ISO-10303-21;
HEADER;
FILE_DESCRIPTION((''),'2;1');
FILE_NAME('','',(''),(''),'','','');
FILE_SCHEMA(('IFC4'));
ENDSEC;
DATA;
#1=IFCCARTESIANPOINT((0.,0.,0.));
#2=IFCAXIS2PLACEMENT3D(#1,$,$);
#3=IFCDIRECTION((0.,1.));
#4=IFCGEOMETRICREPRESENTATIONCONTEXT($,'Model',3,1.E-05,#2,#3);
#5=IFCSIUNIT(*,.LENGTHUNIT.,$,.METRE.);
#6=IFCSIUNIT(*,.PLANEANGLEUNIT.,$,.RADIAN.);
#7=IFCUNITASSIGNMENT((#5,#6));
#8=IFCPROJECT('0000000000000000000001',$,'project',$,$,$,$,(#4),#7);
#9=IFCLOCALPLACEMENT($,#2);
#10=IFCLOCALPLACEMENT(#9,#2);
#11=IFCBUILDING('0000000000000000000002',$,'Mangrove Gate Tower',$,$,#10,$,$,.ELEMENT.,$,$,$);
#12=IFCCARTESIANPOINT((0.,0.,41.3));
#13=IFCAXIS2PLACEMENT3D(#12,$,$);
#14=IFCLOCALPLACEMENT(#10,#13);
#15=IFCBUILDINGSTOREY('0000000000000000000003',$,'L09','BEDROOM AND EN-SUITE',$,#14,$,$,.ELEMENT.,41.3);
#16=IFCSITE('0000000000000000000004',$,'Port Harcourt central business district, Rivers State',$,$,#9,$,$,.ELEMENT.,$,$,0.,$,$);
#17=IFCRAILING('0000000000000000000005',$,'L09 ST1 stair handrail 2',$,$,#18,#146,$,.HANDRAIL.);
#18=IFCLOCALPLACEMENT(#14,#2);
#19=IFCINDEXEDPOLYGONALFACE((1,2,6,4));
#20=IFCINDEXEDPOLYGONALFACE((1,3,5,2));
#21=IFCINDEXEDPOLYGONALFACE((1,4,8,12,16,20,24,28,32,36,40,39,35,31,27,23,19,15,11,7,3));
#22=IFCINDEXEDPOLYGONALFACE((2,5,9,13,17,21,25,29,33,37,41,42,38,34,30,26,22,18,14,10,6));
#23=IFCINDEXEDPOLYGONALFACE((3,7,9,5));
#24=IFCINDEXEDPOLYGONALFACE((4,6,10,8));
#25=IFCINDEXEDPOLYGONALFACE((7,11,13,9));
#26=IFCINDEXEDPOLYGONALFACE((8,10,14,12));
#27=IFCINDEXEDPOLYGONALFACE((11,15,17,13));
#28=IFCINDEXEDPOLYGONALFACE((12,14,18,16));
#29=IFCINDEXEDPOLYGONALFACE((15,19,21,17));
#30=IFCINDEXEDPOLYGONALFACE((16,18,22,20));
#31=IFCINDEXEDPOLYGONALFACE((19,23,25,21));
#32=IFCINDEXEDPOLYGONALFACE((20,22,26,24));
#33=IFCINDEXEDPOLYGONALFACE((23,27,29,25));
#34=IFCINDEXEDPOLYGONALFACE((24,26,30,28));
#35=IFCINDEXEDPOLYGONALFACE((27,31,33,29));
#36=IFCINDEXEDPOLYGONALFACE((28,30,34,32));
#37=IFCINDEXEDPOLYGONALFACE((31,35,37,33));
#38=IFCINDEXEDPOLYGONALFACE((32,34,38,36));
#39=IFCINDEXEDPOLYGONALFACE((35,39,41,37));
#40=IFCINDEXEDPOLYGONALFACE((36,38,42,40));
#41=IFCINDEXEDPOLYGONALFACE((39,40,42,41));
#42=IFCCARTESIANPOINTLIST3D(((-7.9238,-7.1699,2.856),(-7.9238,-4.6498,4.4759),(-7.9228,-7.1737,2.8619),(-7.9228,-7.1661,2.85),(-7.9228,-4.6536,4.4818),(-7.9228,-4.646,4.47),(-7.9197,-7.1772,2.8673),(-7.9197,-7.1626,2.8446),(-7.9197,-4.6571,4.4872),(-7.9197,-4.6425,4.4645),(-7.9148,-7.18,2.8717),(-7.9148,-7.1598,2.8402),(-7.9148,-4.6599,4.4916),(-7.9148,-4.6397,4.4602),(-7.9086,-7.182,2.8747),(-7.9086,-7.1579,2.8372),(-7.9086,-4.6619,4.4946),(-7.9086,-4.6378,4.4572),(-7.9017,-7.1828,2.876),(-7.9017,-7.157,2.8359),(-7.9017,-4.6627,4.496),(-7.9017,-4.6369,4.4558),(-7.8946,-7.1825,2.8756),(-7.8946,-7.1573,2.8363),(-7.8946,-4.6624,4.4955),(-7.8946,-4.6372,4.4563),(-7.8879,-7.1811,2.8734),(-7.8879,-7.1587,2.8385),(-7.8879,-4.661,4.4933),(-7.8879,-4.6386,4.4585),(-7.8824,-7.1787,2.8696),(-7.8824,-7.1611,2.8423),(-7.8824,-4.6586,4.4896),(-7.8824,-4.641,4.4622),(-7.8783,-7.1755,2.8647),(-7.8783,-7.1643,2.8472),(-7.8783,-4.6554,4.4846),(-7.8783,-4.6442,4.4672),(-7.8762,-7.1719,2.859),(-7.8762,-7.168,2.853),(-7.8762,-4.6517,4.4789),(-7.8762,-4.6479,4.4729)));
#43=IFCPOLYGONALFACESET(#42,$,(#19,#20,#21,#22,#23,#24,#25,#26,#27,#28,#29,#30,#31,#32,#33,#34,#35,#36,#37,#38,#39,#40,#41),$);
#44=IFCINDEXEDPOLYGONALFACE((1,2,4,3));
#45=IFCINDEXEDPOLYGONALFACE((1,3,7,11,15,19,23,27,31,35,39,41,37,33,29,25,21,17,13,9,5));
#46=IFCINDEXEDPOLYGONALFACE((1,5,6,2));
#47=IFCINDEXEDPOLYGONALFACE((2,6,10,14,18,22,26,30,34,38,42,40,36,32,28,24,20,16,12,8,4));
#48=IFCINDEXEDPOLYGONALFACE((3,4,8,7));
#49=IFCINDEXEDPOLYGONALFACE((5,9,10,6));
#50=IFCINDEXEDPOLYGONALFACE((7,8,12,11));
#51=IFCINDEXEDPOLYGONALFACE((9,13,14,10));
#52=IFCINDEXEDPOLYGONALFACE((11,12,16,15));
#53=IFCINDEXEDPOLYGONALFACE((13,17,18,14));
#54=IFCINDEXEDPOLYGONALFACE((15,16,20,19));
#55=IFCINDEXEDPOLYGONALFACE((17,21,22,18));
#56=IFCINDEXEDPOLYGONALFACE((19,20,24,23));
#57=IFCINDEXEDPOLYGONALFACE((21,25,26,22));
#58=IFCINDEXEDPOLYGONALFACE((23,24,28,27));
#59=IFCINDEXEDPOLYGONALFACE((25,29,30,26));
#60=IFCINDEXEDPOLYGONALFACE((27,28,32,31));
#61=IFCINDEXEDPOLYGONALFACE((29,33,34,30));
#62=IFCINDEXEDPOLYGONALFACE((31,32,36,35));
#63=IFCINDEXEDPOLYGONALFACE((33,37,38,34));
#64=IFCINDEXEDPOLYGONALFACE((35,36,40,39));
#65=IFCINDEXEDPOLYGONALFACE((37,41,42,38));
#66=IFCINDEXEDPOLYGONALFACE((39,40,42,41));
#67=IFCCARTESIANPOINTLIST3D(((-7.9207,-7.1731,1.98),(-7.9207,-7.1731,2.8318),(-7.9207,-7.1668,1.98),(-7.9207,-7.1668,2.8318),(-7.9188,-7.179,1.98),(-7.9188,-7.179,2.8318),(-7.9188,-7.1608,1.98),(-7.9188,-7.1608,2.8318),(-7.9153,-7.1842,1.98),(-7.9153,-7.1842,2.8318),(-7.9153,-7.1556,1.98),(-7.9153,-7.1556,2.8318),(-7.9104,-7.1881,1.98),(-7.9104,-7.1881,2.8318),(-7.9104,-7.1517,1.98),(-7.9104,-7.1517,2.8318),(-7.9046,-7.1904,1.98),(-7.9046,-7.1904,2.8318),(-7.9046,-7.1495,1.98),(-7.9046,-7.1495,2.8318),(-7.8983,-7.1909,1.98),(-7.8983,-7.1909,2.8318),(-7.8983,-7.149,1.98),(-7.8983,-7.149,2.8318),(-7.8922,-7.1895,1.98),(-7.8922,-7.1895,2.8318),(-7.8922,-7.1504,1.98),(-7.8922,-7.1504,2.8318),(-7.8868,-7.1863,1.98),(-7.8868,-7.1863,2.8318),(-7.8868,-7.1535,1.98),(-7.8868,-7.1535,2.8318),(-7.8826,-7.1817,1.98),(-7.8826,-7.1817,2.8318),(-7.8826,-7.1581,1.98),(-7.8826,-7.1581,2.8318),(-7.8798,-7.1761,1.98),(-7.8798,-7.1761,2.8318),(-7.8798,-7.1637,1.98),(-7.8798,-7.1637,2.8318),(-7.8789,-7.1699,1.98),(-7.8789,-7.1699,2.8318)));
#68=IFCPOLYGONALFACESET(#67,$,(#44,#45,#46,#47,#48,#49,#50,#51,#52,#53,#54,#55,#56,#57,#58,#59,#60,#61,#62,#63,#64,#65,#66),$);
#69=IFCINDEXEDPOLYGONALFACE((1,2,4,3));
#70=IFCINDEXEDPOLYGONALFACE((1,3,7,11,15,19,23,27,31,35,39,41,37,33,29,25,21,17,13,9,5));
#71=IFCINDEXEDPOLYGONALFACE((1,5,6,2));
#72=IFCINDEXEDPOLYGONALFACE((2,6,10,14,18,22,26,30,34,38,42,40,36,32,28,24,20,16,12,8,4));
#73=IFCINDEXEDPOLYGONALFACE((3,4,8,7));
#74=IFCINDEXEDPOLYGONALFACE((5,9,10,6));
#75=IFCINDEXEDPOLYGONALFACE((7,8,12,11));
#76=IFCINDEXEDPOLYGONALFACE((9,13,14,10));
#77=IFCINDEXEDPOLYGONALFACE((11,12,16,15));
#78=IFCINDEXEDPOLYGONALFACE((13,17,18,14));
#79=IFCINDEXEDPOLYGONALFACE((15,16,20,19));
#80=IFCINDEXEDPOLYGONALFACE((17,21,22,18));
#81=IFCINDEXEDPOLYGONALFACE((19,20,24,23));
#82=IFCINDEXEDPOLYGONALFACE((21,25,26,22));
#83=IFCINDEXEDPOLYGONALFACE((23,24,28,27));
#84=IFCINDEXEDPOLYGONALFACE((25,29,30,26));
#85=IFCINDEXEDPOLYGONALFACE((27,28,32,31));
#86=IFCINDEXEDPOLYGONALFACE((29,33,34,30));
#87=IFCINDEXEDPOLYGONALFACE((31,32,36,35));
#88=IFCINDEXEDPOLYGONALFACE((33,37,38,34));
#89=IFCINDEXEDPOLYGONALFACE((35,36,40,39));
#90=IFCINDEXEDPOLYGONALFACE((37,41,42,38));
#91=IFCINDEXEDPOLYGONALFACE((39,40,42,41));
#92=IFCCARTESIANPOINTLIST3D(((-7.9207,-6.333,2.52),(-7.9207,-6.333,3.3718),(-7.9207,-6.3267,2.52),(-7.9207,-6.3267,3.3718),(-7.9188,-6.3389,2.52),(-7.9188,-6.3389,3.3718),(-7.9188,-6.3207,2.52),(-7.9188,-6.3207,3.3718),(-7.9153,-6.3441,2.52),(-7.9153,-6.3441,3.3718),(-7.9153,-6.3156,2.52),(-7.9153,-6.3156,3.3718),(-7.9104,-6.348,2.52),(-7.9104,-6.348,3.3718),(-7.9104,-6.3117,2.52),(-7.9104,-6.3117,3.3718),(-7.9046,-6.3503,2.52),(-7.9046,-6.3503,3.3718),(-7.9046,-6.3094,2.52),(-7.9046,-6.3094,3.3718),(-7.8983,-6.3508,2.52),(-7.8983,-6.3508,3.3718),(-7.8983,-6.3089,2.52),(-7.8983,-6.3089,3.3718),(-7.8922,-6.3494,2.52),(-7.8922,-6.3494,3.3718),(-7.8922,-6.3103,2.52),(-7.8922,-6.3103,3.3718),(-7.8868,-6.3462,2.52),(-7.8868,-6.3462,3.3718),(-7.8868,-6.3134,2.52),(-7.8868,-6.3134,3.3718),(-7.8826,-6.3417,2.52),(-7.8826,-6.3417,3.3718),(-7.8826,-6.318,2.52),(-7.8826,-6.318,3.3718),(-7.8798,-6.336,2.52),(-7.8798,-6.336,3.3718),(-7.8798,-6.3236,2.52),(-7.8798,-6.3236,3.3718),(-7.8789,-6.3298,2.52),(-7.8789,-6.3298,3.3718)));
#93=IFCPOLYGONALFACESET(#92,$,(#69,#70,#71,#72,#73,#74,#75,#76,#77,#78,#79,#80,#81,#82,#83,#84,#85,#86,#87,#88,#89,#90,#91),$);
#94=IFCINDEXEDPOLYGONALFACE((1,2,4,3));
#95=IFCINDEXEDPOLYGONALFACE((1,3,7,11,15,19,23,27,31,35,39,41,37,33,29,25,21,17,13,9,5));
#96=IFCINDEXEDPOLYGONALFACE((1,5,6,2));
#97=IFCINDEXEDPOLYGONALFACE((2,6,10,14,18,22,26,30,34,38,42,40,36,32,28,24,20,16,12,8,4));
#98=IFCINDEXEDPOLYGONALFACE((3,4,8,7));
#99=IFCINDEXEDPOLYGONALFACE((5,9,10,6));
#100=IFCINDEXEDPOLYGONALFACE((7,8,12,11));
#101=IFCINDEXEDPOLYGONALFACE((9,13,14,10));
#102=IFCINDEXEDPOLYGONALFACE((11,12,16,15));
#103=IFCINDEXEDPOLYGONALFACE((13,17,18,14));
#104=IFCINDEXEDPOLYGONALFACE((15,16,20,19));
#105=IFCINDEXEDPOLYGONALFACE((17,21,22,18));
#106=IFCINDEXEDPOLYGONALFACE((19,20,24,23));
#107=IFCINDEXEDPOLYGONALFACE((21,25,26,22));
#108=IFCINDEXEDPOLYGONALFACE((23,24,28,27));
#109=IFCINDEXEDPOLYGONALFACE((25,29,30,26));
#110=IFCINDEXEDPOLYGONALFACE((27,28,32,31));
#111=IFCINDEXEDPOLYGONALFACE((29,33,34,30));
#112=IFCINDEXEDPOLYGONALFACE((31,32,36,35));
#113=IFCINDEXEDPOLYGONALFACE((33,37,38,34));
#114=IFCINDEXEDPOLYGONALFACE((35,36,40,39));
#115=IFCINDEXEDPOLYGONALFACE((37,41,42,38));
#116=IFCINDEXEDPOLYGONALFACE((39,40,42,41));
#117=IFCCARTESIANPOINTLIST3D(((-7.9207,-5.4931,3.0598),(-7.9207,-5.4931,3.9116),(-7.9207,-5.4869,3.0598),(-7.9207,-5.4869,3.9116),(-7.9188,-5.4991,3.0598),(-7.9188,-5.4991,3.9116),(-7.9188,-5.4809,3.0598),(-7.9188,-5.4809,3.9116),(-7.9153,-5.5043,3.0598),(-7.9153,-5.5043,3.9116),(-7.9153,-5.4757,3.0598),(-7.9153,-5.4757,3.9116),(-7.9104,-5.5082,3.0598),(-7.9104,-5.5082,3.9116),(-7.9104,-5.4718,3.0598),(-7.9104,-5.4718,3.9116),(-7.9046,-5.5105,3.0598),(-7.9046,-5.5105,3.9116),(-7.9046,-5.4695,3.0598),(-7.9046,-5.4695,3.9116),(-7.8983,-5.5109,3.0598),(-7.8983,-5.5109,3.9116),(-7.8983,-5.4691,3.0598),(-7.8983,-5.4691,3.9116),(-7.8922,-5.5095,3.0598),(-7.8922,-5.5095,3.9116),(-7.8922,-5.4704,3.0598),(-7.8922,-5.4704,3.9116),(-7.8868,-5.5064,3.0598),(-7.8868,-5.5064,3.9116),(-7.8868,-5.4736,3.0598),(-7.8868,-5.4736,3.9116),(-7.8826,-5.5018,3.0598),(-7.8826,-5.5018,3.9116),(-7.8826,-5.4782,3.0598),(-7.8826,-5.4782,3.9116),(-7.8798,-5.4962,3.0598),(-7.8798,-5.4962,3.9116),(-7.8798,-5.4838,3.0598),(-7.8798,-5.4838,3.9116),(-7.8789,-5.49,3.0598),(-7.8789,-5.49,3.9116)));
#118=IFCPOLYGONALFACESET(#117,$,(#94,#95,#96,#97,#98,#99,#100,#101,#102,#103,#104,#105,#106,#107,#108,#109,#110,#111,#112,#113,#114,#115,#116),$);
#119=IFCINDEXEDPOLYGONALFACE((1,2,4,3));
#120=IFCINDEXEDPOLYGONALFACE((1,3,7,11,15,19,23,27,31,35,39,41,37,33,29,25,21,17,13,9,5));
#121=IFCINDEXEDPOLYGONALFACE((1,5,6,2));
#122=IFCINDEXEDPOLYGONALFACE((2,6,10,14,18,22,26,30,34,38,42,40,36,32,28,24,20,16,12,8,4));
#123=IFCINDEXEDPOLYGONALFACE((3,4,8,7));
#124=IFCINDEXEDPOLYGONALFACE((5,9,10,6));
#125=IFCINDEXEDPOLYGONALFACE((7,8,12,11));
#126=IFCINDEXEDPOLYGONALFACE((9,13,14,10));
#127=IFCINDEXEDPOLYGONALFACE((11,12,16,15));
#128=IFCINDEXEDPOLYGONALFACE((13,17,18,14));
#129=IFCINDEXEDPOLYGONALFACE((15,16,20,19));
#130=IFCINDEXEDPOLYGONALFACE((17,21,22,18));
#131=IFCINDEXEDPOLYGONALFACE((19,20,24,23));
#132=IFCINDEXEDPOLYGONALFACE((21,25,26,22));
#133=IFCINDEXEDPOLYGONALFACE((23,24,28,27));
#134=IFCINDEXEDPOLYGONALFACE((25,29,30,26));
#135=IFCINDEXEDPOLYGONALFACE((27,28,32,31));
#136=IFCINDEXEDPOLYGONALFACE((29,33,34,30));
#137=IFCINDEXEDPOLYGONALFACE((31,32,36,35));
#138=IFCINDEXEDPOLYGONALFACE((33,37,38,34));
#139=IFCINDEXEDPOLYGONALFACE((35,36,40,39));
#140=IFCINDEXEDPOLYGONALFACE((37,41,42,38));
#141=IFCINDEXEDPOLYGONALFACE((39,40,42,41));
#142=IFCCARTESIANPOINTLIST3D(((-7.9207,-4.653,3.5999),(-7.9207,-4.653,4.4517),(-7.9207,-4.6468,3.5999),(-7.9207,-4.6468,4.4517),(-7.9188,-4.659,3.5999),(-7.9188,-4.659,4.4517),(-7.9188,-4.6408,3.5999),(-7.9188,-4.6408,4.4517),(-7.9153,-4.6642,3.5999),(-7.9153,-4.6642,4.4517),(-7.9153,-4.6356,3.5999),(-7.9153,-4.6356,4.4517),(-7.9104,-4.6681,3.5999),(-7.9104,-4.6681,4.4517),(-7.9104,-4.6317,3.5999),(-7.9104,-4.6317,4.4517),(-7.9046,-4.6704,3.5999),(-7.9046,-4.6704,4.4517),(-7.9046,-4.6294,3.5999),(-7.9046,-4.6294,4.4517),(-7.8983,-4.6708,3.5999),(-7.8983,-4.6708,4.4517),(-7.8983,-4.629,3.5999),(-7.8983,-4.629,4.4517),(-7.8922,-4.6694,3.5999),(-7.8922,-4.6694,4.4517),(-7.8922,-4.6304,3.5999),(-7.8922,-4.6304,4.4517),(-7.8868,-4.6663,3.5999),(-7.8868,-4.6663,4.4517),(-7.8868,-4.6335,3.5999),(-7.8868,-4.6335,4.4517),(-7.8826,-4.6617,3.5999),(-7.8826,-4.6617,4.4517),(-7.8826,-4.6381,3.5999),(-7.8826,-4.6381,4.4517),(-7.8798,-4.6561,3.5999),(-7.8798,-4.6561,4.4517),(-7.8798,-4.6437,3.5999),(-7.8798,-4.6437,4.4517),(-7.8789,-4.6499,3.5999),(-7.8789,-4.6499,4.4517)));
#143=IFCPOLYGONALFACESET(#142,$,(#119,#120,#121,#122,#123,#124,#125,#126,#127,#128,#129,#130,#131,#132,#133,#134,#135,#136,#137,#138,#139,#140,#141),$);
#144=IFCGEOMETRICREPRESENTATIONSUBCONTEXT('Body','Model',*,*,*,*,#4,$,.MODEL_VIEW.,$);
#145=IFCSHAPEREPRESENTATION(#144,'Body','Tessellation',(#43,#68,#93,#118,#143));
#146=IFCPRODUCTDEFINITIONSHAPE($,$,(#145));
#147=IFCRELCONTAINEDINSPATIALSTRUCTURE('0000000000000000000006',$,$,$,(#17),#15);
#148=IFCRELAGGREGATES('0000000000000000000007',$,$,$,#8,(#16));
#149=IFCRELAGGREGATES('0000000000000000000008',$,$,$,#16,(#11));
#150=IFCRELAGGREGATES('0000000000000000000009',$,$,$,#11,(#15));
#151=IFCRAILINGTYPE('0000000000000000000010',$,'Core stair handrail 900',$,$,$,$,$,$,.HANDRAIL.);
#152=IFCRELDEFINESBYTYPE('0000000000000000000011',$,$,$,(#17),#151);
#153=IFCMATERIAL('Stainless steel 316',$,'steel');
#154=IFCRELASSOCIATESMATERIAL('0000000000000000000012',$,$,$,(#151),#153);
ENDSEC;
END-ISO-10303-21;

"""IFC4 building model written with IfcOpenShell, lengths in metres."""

from ifc_helpers import new_model, si_unit, direction, frame, origin, origin_2d, place, context, subcontext, project, spatial, circle, extrude, material, type_object, element, save


model = new_model("IFC4")

# Units and contexts
model_context = context("Model", 3, precision=1e-05, world=origin(), true_north=direction((0.0, 1.0)))
body_context = subcontext(model_context, "Body", "Model", "MODEL_VIEW")
ifc_project = project(units=[si_unit("LENGTHUNIT", "METRE"), si_unit("PLANEANGLEUNIT", "RADIAN")], contexts=[model_context])

# Site, building, storey
site_placement = place(None, origin())
site = spatial("IfcSite", under=ifc_project, at=site_placement, Name="Port Harcourt central business district, Rivers State", CompositionType="ELEMENT", RefElevation=0.0)
building_placement = place(site_placement, origin())
building = spatial("IfcBuilding", under=site, at=building_placement, Name="Mangrove Gate Tower", CompositionType="ELEMENT")
storey_placement = place(building_placement, frame((0.0, 0.0, 41.3)))
storey = spatial("IfcBuildingStorey", under=building, at=storey_placement, Name="L09", Description="BEDROOM AND EN-SUITE", CompositionType="ELEMENT", Elevation=41.3)

# Railing
ifc_material_1 = material(Name="Stainless steel 316", Category="steel")
railing_type_1 = type_object("IfcRailingType", Name="Core stair handrail 900", PredefinedType="HANDRAIL", material=ifc_material_1)
railing_1_placement = place(storey_placement, frame((-7.8999, -7.1699, 1.98)))
element("IfcRailing", 1, at=railing_1_placement, inside=storey, type_object=railing_type_1, Name="L09 ST1 stair handrail 2", PredefinedType="HANDRAIL", context=body_context, shape_type="SweptSolid", body=[
    extrude(circle(Radius=0.0239, at=origin_2d()), frame((0.0, 0.0, 0.876), z_axis=(0.0, 0.8412, 0.540725), x_axis=(-1.0, 0.0, 0.0)), (0.0, 0.0, 1.0), 2.9958),
    extrude(circle(Radius=0.021, at=origin_2d()), origin(), (0.0, 0.0, 1.0), 0.8518),
    extrude(circle(Radius=0.021, at=origin_2d()), frame((0.0, 0.8401, 0.54)), (0.0, 0.0, 1.0), 0.8518),
    extrude(circle(Radius=0.021, at=origin_2d()), frame((0.0, 1.6799, 1.0798)), (0.0, 0.0, 1.0), 0.8518),
    extrude(circle(Radius=0.021, at=origin_2d()), frame((0.0, 2.52, 1.6199)), (0.0, 0.0, 1.0), 0.8518),
])

save(model, "model.ifc")
